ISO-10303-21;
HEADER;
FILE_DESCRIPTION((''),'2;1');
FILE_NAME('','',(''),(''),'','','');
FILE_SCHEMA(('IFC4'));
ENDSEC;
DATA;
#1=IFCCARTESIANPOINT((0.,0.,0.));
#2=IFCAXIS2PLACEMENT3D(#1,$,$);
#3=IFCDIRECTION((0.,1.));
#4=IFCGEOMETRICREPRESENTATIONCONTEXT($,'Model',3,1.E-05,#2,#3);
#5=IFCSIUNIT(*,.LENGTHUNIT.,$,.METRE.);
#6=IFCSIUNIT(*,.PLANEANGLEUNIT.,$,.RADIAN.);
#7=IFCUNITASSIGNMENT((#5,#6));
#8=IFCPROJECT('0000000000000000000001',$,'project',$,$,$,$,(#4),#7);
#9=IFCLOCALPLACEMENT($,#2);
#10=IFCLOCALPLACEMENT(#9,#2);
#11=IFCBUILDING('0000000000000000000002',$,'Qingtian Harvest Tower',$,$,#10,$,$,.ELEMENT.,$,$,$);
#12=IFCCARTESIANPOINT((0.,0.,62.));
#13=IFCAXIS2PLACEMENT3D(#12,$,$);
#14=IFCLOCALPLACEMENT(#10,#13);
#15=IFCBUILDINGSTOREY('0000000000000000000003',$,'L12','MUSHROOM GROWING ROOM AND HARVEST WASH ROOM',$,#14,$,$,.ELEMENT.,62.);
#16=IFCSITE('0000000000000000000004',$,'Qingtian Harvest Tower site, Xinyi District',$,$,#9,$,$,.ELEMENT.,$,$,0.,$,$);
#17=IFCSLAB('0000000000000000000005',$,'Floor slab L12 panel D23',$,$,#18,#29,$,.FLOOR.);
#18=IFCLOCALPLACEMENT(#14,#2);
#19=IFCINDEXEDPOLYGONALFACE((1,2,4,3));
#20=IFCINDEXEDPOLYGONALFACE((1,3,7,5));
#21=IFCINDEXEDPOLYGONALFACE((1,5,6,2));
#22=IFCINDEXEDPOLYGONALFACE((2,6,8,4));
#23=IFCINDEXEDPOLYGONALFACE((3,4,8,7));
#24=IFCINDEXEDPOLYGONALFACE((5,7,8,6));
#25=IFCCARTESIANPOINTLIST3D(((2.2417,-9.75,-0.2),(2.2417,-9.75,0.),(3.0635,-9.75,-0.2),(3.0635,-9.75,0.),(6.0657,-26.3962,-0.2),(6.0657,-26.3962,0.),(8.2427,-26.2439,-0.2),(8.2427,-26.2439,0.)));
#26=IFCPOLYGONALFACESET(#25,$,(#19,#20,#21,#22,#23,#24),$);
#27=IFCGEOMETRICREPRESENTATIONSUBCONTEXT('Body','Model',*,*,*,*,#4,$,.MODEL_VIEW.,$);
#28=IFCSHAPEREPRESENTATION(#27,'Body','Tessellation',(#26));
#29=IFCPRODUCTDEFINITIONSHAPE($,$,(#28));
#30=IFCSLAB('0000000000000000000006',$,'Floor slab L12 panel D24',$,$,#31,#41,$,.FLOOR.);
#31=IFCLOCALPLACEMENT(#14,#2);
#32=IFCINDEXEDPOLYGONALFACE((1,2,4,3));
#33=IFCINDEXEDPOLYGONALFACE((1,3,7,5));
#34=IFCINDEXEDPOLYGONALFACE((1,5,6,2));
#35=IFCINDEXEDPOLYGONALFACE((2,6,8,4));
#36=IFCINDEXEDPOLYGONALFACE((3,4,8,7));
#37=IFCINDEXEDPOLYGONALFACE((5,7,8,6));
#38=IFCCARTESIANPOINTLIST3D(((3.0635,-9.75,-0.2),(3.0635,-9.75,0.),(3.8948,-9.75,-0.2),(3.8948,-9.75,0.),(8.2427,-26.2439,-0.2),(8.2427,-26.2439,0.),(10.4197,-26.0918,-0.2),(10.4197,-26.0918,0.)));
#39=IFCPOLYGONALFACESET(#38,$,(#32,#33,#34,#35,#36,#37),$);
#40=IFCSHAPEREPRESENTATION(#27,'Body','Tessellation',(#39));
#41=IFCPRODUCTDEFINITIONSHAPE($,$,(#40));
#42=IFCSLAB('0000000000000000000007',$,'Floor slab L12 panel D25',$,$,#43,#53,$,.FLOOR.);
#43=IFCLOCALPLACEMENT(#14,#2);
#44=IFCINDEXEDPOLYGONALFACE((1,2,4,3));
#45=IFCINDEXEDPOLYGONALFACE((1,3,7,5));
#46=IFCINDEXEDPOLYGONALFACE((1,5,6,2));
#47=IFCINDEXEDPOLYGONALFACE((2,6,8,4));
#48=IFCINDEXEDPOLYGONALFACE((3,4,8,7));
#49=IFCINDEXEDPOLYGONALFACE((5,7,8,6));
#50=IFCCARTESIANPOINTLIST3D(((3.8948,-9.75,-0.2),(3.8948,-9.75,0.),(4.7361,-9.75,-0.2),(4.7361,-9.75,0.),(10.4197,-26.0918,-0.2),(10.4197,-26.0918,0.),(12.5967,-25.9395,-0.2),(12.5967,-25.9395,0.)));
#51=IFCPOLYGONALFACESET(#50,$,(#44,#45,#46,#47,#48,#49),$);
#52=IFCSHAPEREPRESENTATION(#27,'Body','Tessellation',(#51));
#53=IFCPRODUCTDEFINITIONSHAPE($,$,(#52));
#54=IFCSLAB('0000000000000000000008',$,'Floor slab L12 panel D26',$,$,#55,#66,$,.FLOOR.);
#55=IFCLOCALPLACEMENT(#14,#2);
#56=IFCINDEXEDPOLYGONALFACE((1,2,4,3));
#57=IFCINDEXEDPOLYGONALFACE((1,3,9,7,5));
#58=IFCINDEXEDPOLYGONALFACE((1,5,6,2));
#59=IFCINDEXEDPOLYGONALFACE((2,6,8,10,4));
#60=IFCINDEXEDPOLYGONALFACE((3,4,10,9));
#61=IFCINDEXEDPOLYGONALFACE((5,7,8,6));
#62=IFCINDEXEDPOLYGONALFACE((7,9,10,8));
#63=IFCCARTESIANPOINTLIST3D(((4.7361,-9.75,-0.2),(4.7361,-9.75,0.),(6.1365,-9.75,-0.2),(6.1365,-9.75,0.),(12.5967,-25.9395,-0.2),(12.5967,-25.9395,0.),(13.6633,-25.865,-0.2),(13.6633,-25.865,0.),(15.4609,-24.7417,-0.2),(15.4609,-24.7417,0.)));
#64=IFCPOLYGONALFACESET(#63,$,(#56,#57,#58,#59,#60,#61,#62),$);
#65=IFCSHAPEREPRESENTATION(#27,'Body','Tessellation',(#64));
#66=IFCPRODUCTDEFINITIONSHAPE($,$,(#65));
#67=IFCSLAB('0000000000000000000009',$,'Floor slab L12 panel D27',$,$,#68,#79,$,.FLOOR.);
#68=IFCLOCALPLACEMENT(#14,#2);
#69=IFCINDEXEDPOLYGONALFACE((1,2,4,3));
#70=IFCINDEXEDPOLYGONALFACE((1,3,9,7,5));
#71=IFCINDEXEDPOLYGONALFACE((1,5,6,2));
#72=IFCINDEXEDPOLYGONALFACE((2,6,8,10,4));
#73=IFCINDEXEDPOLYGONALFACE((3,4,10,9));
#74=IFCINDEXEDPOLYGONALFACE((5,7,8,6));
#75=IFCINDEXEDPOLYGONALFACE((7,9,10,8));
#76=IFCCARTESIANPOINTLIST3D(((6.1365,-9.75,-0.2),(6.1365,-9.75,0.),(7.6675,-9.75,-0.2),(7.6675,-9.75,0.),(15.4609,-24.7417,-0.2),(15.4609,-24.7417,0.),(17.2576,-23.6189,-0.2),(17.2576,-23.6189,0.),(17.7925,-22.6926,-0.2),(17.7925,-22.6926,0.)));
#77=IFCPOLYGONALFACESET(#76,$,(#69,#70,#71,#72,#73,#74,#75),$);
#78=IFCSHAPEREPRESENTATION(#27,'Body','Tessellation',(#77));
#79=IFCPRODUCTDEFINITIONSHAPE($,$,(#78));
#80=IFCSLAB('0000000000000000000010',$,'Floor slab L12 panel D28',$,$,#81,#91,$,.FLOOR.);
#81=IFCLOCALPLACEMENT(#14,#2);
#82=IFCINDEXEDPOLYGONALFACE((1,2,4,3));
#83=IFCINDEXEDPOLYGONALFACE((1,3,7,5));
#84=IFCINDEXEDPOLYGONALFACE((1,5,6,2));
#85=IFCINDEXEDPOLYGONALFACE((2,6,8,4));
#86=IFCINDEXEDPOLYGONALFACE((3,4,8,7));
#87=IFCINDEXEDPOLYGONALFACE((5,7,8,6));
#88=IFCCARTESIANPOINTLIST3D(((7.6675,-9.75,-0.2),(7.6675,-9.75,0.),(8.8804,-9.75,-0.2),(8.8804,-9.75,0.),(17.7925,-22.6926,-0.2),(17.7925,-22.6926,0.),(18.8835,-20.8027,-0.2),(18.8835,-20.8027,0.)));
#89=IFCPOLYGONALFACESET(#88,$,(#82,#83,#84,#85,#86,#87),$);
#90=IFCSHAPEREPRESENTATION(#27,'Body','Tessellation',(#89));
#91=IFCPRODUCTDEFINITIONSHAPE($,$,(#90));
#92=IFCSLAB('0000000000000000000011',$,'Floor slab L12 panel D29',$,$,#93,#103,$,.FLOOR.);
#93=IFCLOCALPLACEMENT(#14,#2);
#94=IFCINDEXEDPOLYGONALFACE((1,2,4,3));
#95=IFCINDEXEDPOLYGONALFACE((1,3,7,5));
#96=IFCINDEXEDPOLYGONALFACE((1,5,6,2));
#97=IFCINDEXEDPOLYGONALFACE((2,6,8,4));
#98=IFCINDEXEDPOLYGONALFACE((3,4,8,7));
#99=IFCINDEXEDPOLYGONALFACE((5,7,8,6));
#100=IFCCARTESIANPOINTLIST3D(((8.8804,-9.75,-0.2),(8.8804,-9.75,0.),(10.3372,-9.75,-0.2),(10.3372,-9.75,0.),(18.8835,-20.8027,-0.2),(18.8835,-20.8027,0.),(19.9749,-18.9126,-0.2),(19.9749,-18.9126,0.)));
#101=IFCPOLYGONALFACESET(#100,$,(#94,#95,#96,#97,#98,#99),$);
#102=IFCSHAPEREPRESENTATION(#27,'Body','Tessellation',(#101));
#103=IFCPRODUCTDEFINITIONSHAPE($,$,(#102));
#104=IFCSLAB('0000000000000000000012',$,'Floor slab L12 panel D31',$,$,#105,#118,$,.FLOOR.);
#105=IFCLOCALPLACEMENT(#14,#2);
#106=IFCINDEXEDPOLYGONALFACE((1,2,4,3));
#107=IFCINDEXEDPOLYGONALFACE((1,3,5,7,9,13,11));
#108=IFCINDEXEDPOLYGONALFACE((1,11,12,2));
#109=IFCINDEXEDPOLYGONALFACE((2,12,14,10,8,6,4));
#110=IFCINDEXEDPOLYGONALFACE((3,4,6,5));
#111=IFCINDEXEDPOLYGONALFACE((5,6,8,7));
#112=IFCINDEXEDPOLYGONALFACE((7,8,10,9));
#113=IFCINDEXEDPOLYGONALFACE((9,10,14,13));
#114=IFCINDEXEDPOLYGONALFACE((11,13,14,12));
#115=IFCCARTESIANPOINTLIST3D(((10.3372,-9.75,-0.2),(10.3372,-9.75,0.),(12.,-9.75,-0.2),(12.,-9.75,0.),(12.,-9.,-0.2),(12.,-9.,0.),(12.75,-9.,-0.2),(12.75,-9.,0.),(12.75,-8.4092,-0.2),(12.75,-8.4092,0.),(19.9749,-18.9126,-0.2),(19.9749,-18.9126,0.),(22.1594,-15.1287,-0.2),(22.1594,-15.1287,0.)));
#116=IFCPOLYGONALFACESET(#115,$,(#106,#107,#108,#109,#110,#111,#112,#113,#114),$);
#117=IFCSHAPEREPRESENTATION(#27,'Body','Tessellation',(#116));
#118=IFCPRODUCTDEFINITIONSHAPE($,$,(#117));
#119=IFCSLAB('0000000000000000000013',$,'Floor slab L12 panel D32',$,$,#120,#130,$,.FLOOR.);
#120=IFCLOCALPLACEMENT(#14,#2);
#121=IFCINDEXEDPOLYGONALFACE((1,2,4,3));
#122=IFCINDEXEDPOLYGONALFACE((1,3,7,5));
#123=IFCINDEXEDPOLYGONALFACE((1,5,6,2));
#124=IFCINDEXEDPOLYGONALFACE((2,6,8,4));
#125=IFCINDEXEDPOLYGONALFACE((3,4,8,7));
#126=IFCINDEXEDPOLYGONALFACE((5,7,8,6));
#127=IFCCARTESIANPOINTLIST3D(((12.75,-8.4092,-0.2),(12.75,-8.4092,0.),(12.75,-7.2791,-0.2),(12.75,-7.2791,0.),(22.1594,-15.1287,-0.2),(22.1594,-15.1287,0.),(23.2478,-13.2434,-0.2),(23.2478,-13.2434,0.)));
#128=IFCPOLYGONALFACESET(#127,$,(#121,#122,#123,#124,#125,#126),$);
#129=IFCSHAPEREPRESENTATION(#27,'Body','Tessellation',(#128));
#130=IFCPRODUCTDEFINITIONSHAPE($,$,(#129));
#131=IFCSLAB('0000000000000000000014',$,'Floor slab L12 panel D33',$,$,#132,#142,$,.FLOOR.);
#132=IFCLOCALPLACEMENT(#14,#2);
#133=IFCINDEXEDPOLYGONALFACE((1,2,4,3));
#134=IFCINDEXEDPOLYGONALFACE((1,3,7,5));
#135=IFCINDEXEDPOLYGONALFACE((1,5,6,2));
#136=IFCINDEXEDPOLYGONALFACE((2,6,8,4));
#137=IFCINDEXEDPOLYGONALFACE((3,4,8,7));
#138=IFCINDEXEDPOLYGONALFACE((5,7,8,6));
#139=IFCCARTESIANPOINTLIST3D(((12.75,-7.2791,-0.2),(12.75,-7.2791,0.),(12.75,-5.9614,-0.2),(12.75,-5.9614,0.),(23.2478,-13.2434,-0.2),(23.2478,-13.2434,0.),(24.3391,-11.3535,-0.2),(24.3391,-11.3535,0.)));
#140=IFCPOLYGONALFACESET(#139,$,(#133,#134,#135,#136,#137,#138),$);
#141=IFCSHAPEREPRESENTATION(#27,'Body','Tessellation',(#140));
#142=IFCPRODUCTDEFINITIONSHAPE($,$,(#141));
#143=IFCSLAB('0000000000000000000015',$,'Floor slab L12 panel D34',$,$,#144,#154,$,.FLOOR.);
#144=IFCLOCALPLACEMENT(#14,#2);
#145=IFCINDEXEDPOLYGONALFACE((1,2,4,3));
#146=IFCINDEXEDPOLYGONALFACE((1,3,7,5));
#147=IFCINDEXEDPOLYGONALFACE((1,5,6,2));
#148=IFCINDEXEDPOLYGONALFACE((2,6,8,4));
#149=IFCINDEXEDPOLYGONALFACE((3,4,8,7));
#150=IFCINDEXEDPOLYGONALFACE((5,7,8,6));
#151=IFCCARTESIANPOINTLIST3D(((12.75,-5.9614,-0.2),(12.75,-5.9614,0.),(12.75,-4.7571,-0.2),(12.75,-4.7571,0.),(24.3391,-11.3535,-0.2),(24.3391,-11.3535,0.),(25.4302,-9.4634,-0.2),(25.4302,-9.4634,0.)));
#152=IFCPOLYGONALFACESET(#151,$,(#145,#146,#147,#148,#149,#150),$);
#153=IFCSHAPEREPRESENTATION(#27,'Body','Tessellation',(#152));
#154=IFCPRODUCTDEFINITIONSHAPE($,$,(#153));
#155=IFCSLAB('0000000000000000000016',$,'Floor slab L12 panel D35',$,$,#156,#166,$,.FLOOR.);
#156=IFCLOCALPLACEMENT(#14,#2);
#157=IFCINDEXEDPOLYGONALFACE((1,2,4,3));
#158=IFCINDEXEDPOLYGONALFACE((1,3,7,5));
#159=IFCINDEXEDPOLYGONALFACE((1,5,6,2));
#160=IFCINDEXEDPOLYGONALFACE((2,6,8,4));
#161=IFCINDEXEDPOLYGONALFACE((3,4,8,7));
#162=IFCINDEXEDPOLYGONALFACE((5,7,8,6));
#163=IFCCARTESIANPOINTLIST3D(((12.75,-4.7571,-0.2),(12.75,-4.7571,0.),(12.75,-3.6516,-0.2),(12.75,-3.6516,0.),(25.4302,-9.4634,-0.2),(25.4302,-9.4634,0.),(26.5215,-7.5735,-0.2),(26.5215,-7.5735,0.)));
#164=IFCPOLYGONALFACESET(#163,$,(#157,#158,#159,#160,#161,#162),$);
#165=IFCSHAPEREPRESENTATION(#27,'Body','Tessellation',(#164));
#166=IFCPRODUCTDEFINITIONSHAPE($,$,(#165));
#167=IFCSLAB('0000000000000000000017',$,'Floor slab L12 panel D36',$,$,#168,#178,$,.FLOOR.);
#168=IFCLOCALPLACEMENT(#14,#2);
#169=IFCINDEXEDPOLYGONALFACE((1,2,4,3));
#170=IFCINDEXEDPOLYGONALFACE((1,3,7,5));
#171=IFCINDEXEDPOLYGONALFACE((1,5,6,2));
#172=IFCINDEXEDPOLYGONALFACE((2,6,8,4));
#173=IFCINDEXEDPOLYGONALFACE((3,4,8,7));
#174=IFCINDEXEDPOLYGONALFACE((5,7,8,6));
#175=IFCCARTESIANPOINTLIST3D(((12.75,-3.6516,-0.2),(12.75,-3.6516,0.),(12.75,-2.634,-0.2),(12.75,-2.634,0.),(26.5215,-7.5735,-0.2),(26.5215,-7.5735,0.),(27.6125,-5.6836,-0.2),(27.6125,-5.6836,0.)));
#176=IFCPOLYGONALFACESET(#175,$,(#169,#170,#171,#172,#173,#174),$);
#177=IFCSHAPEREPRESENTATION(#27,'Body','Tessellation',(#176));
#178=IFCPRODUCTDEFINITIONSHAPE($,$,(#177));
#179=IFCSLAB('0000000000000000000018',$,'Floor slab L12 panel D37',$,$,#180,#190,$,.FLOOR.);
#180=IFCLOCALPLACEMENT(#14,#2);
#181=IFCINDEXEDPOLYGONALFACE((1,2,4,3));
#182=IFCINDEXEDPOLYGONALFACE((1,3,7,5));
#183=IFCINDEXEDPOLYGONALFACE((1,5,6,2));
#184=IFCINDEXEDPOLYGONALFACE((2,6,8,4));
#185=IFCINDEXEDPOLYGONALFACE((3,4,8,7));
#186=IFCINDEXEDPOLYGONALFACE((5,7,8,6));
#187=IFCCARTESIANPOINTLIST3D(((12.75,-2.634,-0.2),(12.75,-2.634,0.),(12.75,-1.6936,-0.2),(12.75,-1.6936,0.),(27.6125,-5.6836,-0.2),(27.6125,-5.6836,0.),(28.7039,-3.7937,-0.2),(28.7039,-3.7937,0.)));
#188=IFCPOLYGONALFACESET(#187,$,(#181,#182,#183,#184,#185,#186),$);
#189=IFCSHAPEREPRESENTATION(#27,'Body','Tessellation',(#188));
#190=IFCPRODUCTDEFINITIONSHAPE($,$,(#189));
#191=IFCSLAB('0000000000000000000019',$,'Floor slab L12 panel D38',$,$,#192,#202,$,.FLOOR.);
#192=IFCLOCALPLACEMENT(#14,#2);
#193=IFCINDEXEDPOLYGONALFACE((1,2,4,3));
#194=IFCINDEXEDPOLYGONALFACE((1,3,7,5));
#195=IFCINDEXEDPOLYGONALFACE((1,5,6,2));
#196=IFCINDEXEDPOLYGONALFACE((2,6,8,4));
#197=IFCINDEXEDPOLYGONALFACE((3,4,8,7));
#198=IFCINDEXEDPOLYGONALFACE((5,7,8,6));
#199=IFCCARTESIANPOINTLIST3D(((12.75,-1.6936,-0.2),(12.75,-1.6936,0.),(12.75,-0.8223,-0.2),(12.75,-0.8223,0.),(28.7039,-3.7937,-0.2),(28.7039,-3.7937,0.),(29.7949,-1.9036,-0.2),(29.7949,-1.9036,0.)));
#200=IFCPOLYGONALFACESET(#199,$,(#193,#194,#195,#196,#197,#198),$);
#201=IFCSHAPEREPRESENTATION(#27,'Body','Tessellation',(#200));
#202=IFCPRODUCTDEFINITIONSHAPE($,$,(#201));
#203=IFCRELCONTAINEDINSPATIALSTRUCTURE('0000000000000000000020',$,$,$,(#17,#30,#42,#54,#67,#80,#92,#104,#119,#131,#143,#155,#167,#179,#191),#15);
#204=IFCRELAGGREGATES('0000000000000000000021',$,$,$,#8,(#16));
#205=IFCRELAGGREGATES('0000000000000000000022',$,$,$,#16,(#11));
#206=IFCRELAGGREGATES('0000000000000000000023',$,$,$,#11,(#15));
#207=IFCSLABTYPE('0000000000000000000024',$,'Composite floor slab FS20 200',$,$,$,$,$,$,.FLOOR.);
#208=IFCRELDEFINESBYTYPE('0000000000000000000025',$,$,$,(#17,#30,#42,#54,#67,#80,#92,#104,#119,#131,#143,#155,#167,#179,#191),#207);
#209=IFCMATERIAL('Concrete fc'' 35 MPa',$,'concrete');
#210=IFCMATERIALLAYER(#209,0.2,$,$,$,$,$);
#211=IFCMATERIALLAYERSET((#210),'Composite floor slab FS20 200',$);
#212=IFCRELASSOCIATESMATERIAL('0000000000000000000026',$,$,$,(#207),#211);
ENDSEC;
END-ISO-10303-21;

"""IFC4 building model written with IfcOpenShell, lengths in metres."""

from ifc_helpers import new_model, si_unit, direction, frame, origin, place, context, subcontext, project, spatial, polyline, outline, extrude, material, layer, layer_set, type_object, element, save


model = new_model("IFC4")

# Units and contexts
model_context = context("Model", 3, precision=1e-05, world=origin(), true_north=direction((0.0, 1.0)))
body_context = subcontext(model_context, "Body", "Model", "MODEL_VIEW")
ifc_project = project(units=[si_unit("LENGTHUNIT", "METRE"), si_unit("PLANEANGLEUNIT", "RADIAN")], contexts=[model_context])

# Site, building, storey
site_placement = place(None, origin())
site = spatial("IfcSite", under=ifc_project, at=site_placement, Name="Qingtian Harvest Tower site, Xinyi District", CompositionType="ELEMENT", RefElevation=0.0)
building_placement = place(site_placement, origin())
building = spatial("IfcBuilding", under=site, at=building_placement, Name="Qingtian Harvest Tower", CompositionType="ELEMENT")
storey_placement = place(building_placement, frame((0.0, 0.0, 62.0)))
storey = spatial("IfcBuildingStorey", under=building, at=storey_placement, Name="L12", Description="MUSHROOM GROWING ROOM AND HARVEST WASH ROOM", CompositionType="ELEMENT", Elevation=62.0)

# Slabs
ifc_material = material(Name="Concrete fc' 35 MPa", Category="concrete")
ifc_layer = layer(ifc_material, 0.2)
ifc_layer_set = layer_set([ifc_layer], Name="Composite floor slab FS20 200")
slab_type = type_object("IfcSlabType", Name="Composite floor slab FS20 200", PredefinedType="FLOOR", material=ifc_layer_set)
slab_1_placement = place(storey_placement, frame((0.0, 0.0, -0.2)))
element("IfcSlab", 1, at=slab_1_placement, inside=storey, type_object=slab_type, Name="Floor slab L12 panel D23", PredefinedType="FLOOR", context=body_context, shape_type="SweptSolid", body=[
    extrude(outline(polyline([(3.0635, -9.75), (8.2427, -26.2439), (6.0657, -26.3962), (2.2417, -9.75), (3.0635, -9.75)])), origin(), (0.0, 0.0, 1.0), 0.2),
])
slab_2_placement = place(storey_placement, frame((0.0, 0.0, -0.2)))
element("IfcSlab", 2, at=slab_2_placement, inside=storey, type_object=slab_type, Name="Floor slab L12 panel D24", PredefinedType="FLOOR", context=body_context, shape_type="SweptSolid", body=[
    extrude(outline(polyline([(3.8948, -9.75), (10.4197, -26.0918), (8.2427, -26.2439), (3.0635, -9.75), (3.8948, -9.75)])), origin(), (0.0, 0.0, 1.0), 0.2),
])
slab_3_placement = place(storey_placement, frame((0.0, 0.0, -0.2)))
element("IfcSlab", 3, at=slab_3_placement, inside=storey, type_object=slab_type, Name="Floor slab L12 panel D25", PredefinedType="FLOOR", context=body_context, shape_type="SweptSolid", body=[
    extrude(outline(polyline([(4.7361, -9.75), (12.5967, -25.9395), (10.4197, -26.0918), (3.8948, -9.75), (4.7361, -9.75)])), origin(), (0.0, 0.0, 1.0), 0.2),
])
slab_4_placement = place(storey_placement, frame((0.0, 0.0, -0.2)))
element("IfcSlab", 4, at=slab_4_placement, inside=storey, type_object=slab_type, Name="Floor slab L12 panel D26", PredefinedType="FLOOR", context=body_context, shape_type="SweptSolid", body=[
    extrude(outline(polyline([(4.7361, -9.75), (6.1365, -9.75), (15.4609, -24.7417), (13.6633, -25.865), (12.5967, -25.9395), (4.7361, -9.75)])), origin(), (0.0, 0.0, 1.0), 0.2),
])
slab_5_placement = place(storey_placement, frame((0.0, 0.0, -0.2)))
element("IfcSlab", 5, at=slab_5_placement, inside=storey, type_object=slab_type, Name="Floor slab L12 panel D27", PredefinedType="FLOOR", context=body_context, shape_type="SweptSolid", body=[
    extrude(outline(polyline([(6.1365, -9.75), (7.6675, -9.75), (17.7925, -22.6926), (17.2576, -23.6189), (15.4609, -24.7417), (6.1365, -9.75)])), origin(), (0.0, 0.0, 1.0), 0.2),
])
slab_6_placement = place(storey_placement, frame((0.0, 0.0, -0.2)))
element("IfcSlab", 6, at=slab_6_placement, inside=storey, type_object=slab_type, Name="Floor slab L12 panel D28", PredefinedType="FLOOR", context=body_context, shape_type="SweptSolid", body=[
    extrude(outline(polyline([(8.8804, -9.75), (18.8835, -20.8027), (17.7925, -22.6926), (7.6675, -9.75), (8.8804, -9.75)])), origin(), (0.0, 0.0, 1.0), 0.2),
])
slab_7_placement = place(storey_placement, frame((0.0, 0.0, -0.2)))
element("IfcSlab", 7, at=slab_7_placement, inside=storey, type_object=slab_type, Name="Floor slab L12 panel D29", PredefinedType="FLOOR", context=body_context, shape_type="SweptSolid", body=[
    extrude(outline(polyline([(10.3372, -9.75), (19.9749, -18.9126), (18.8835, -20.8027), (8.8804, -9.75), (10.3372, -9.75)])), origin(), (0.0, 0.0, 1.0), 0.2),
])
slab_8_placement = place(storey_placement, frame((0.0, 0.0, -0.2)))
element("IfcSlab", 8, at=slab_8_placement, inside=storey, type_object=slab_type, Name="Floor slab L12 panel D31", PredefinedType="FLOOR", context=body_context, shape_type="SweptSolid", body=[
    extrude(outline(polyline([(12.75, -8.4092), (22.1594, -15.1287), (19.9749, -18.9126), (10.3372, -9.75), (12.0, -9.75), (12.0, -9.0), (12.75, -9.0), (12.75, -8.4092)])), origin(), (0.0, 0.0, 1.0), 0.2),
])
slab_9_placement = place(storey_placement, frame((0.0, 0.0, -0.2)))
element("IfcSlab", 9, at=slab_9_placement, inside=storey, type_object=slab_type, Name="Floor slab L12 panel D32", PredefinedType="FLOOR", context=body_context, shape_type="SweptSolid", body=[
    extrude(outline(polyline([(12.75, -7.2791), (23.2478, -13.2434), (22.1594, -15.1287), (12.75, -8.4092), (12.75, -7.2791)])), origin(), (0.0, 0.0, 1.0), 0.2),
])
slab_10_placement = place(storey_placement, frame((0.0, 0.0, -0.2)))
element("IfcSlab", 10, at=slab_10_placement, inside=storey, type_object=slab_type, Name="Floor slab L12 panel D33", PredefinedType="FLOOR", context=body_context, shape_type="SweptSolid", body=[
    extrude(outline(polyline([(12.75, -5.9614), (24.3391, -11.3535), (23.2478, -13.2434), (12.75, -7.2791), (12.75, -5.9614)])), origin(), (0.0, 0.0, 1.0), 0.2),
])
slab_11_placement = place(storey_placement, frame((0.0, 0.0, -0.2)))
element("IfcSlab", 11, at=slab_11_placement, inside=storey, type_object=slab_type, Name="Floor slab L12 panel D34", PredefinedType="FLOOR", context=body_context, shape_type="SweptSolid", body=[
    extrude(outline(polyline([(12.75, -4.7571), (25.4302, -9.4634), (24.3391, -11.3535), (12.75, -5.9614), (12.75, -4.7571)])), origin(), (0.0, 0.0, 1.0), 0.2),
])
slab_12_placement = place(storey_placement, frame((0.0, 0.0, -0.2)))
element("IfcSlab", 12, at=slab_12_placement, inside=storey, type_object=slab_type, Name="Floor slab L12 panel D35", PredefinedType="FLOOR", context=body_context, shape_type="SweptSolid", body=[
    extrude(outline(polyline([(12.75, -3.6516), (26.5215, -7.5735), (25.4302, -9.4634), (12.75, -4.7571), (12.75, -3.6516)])), origin(), (0.0, 0.0, 1.0), 0.2),
])
slab_13_placement = place(storey_placement, frame((0.0, 0.0, -0.2)))
element("IfcSlab", 13, at=slab_13_placement, inside=storey, type_object=slab_type, Name="Floor slab L12 panel D36", PredefinedType="FLOOR", context=body_context, shape_type="SweptSolid", body=[
    extrude(outline(polyline([(12.75, -2.634), (27.6125, -5.6836), (26.5215, -7.5735), (12.75, -3.6516), (12.75, -2.634)])), origin(), (0.0, 0.0, 1.0), 0.2),
])
slab_14_placement = place(storey_placement, frame((0.0, 0.0, -0.2)))
element("IfcSlab", 14, at=slab_14_placement, inside=storey, type_object=slab_type, Name="Floor slab L12 panel D37", PredefinedType="FLOOR", context=body_context, shape_type="SweptSolid", body=[
    extrude(outline(polyline([(12.75, -1.6936), (28.7039, -3.7937), (27.6125, -5.6836), (12.75, -2.634), (12.75, -1.6936)])), origin(), (0.0, 0.0, 1.0), 0.2),
])
slab_15_placement = place(storey_placement, frame((0.0, 0.0, -0.2)))
element("IfcSlab", 15, at=slab_15_placement, inside=storey, type_object=slab_type, Name="Floor slab L12 panel D38", PredefinedType="FLOOR", context=body_context, shape_type="SweptSolid", body=[
    extrude(outline(polyline([(12.75, -0.8223), (29.7949, -1.9036), (28.7039, -3.7937), (12.75, -1.6936), (12.75, -0.8223)])), origin(), (0.0, 0.0, 1.0), 0.2),
])

save(model, "model.ifc")
